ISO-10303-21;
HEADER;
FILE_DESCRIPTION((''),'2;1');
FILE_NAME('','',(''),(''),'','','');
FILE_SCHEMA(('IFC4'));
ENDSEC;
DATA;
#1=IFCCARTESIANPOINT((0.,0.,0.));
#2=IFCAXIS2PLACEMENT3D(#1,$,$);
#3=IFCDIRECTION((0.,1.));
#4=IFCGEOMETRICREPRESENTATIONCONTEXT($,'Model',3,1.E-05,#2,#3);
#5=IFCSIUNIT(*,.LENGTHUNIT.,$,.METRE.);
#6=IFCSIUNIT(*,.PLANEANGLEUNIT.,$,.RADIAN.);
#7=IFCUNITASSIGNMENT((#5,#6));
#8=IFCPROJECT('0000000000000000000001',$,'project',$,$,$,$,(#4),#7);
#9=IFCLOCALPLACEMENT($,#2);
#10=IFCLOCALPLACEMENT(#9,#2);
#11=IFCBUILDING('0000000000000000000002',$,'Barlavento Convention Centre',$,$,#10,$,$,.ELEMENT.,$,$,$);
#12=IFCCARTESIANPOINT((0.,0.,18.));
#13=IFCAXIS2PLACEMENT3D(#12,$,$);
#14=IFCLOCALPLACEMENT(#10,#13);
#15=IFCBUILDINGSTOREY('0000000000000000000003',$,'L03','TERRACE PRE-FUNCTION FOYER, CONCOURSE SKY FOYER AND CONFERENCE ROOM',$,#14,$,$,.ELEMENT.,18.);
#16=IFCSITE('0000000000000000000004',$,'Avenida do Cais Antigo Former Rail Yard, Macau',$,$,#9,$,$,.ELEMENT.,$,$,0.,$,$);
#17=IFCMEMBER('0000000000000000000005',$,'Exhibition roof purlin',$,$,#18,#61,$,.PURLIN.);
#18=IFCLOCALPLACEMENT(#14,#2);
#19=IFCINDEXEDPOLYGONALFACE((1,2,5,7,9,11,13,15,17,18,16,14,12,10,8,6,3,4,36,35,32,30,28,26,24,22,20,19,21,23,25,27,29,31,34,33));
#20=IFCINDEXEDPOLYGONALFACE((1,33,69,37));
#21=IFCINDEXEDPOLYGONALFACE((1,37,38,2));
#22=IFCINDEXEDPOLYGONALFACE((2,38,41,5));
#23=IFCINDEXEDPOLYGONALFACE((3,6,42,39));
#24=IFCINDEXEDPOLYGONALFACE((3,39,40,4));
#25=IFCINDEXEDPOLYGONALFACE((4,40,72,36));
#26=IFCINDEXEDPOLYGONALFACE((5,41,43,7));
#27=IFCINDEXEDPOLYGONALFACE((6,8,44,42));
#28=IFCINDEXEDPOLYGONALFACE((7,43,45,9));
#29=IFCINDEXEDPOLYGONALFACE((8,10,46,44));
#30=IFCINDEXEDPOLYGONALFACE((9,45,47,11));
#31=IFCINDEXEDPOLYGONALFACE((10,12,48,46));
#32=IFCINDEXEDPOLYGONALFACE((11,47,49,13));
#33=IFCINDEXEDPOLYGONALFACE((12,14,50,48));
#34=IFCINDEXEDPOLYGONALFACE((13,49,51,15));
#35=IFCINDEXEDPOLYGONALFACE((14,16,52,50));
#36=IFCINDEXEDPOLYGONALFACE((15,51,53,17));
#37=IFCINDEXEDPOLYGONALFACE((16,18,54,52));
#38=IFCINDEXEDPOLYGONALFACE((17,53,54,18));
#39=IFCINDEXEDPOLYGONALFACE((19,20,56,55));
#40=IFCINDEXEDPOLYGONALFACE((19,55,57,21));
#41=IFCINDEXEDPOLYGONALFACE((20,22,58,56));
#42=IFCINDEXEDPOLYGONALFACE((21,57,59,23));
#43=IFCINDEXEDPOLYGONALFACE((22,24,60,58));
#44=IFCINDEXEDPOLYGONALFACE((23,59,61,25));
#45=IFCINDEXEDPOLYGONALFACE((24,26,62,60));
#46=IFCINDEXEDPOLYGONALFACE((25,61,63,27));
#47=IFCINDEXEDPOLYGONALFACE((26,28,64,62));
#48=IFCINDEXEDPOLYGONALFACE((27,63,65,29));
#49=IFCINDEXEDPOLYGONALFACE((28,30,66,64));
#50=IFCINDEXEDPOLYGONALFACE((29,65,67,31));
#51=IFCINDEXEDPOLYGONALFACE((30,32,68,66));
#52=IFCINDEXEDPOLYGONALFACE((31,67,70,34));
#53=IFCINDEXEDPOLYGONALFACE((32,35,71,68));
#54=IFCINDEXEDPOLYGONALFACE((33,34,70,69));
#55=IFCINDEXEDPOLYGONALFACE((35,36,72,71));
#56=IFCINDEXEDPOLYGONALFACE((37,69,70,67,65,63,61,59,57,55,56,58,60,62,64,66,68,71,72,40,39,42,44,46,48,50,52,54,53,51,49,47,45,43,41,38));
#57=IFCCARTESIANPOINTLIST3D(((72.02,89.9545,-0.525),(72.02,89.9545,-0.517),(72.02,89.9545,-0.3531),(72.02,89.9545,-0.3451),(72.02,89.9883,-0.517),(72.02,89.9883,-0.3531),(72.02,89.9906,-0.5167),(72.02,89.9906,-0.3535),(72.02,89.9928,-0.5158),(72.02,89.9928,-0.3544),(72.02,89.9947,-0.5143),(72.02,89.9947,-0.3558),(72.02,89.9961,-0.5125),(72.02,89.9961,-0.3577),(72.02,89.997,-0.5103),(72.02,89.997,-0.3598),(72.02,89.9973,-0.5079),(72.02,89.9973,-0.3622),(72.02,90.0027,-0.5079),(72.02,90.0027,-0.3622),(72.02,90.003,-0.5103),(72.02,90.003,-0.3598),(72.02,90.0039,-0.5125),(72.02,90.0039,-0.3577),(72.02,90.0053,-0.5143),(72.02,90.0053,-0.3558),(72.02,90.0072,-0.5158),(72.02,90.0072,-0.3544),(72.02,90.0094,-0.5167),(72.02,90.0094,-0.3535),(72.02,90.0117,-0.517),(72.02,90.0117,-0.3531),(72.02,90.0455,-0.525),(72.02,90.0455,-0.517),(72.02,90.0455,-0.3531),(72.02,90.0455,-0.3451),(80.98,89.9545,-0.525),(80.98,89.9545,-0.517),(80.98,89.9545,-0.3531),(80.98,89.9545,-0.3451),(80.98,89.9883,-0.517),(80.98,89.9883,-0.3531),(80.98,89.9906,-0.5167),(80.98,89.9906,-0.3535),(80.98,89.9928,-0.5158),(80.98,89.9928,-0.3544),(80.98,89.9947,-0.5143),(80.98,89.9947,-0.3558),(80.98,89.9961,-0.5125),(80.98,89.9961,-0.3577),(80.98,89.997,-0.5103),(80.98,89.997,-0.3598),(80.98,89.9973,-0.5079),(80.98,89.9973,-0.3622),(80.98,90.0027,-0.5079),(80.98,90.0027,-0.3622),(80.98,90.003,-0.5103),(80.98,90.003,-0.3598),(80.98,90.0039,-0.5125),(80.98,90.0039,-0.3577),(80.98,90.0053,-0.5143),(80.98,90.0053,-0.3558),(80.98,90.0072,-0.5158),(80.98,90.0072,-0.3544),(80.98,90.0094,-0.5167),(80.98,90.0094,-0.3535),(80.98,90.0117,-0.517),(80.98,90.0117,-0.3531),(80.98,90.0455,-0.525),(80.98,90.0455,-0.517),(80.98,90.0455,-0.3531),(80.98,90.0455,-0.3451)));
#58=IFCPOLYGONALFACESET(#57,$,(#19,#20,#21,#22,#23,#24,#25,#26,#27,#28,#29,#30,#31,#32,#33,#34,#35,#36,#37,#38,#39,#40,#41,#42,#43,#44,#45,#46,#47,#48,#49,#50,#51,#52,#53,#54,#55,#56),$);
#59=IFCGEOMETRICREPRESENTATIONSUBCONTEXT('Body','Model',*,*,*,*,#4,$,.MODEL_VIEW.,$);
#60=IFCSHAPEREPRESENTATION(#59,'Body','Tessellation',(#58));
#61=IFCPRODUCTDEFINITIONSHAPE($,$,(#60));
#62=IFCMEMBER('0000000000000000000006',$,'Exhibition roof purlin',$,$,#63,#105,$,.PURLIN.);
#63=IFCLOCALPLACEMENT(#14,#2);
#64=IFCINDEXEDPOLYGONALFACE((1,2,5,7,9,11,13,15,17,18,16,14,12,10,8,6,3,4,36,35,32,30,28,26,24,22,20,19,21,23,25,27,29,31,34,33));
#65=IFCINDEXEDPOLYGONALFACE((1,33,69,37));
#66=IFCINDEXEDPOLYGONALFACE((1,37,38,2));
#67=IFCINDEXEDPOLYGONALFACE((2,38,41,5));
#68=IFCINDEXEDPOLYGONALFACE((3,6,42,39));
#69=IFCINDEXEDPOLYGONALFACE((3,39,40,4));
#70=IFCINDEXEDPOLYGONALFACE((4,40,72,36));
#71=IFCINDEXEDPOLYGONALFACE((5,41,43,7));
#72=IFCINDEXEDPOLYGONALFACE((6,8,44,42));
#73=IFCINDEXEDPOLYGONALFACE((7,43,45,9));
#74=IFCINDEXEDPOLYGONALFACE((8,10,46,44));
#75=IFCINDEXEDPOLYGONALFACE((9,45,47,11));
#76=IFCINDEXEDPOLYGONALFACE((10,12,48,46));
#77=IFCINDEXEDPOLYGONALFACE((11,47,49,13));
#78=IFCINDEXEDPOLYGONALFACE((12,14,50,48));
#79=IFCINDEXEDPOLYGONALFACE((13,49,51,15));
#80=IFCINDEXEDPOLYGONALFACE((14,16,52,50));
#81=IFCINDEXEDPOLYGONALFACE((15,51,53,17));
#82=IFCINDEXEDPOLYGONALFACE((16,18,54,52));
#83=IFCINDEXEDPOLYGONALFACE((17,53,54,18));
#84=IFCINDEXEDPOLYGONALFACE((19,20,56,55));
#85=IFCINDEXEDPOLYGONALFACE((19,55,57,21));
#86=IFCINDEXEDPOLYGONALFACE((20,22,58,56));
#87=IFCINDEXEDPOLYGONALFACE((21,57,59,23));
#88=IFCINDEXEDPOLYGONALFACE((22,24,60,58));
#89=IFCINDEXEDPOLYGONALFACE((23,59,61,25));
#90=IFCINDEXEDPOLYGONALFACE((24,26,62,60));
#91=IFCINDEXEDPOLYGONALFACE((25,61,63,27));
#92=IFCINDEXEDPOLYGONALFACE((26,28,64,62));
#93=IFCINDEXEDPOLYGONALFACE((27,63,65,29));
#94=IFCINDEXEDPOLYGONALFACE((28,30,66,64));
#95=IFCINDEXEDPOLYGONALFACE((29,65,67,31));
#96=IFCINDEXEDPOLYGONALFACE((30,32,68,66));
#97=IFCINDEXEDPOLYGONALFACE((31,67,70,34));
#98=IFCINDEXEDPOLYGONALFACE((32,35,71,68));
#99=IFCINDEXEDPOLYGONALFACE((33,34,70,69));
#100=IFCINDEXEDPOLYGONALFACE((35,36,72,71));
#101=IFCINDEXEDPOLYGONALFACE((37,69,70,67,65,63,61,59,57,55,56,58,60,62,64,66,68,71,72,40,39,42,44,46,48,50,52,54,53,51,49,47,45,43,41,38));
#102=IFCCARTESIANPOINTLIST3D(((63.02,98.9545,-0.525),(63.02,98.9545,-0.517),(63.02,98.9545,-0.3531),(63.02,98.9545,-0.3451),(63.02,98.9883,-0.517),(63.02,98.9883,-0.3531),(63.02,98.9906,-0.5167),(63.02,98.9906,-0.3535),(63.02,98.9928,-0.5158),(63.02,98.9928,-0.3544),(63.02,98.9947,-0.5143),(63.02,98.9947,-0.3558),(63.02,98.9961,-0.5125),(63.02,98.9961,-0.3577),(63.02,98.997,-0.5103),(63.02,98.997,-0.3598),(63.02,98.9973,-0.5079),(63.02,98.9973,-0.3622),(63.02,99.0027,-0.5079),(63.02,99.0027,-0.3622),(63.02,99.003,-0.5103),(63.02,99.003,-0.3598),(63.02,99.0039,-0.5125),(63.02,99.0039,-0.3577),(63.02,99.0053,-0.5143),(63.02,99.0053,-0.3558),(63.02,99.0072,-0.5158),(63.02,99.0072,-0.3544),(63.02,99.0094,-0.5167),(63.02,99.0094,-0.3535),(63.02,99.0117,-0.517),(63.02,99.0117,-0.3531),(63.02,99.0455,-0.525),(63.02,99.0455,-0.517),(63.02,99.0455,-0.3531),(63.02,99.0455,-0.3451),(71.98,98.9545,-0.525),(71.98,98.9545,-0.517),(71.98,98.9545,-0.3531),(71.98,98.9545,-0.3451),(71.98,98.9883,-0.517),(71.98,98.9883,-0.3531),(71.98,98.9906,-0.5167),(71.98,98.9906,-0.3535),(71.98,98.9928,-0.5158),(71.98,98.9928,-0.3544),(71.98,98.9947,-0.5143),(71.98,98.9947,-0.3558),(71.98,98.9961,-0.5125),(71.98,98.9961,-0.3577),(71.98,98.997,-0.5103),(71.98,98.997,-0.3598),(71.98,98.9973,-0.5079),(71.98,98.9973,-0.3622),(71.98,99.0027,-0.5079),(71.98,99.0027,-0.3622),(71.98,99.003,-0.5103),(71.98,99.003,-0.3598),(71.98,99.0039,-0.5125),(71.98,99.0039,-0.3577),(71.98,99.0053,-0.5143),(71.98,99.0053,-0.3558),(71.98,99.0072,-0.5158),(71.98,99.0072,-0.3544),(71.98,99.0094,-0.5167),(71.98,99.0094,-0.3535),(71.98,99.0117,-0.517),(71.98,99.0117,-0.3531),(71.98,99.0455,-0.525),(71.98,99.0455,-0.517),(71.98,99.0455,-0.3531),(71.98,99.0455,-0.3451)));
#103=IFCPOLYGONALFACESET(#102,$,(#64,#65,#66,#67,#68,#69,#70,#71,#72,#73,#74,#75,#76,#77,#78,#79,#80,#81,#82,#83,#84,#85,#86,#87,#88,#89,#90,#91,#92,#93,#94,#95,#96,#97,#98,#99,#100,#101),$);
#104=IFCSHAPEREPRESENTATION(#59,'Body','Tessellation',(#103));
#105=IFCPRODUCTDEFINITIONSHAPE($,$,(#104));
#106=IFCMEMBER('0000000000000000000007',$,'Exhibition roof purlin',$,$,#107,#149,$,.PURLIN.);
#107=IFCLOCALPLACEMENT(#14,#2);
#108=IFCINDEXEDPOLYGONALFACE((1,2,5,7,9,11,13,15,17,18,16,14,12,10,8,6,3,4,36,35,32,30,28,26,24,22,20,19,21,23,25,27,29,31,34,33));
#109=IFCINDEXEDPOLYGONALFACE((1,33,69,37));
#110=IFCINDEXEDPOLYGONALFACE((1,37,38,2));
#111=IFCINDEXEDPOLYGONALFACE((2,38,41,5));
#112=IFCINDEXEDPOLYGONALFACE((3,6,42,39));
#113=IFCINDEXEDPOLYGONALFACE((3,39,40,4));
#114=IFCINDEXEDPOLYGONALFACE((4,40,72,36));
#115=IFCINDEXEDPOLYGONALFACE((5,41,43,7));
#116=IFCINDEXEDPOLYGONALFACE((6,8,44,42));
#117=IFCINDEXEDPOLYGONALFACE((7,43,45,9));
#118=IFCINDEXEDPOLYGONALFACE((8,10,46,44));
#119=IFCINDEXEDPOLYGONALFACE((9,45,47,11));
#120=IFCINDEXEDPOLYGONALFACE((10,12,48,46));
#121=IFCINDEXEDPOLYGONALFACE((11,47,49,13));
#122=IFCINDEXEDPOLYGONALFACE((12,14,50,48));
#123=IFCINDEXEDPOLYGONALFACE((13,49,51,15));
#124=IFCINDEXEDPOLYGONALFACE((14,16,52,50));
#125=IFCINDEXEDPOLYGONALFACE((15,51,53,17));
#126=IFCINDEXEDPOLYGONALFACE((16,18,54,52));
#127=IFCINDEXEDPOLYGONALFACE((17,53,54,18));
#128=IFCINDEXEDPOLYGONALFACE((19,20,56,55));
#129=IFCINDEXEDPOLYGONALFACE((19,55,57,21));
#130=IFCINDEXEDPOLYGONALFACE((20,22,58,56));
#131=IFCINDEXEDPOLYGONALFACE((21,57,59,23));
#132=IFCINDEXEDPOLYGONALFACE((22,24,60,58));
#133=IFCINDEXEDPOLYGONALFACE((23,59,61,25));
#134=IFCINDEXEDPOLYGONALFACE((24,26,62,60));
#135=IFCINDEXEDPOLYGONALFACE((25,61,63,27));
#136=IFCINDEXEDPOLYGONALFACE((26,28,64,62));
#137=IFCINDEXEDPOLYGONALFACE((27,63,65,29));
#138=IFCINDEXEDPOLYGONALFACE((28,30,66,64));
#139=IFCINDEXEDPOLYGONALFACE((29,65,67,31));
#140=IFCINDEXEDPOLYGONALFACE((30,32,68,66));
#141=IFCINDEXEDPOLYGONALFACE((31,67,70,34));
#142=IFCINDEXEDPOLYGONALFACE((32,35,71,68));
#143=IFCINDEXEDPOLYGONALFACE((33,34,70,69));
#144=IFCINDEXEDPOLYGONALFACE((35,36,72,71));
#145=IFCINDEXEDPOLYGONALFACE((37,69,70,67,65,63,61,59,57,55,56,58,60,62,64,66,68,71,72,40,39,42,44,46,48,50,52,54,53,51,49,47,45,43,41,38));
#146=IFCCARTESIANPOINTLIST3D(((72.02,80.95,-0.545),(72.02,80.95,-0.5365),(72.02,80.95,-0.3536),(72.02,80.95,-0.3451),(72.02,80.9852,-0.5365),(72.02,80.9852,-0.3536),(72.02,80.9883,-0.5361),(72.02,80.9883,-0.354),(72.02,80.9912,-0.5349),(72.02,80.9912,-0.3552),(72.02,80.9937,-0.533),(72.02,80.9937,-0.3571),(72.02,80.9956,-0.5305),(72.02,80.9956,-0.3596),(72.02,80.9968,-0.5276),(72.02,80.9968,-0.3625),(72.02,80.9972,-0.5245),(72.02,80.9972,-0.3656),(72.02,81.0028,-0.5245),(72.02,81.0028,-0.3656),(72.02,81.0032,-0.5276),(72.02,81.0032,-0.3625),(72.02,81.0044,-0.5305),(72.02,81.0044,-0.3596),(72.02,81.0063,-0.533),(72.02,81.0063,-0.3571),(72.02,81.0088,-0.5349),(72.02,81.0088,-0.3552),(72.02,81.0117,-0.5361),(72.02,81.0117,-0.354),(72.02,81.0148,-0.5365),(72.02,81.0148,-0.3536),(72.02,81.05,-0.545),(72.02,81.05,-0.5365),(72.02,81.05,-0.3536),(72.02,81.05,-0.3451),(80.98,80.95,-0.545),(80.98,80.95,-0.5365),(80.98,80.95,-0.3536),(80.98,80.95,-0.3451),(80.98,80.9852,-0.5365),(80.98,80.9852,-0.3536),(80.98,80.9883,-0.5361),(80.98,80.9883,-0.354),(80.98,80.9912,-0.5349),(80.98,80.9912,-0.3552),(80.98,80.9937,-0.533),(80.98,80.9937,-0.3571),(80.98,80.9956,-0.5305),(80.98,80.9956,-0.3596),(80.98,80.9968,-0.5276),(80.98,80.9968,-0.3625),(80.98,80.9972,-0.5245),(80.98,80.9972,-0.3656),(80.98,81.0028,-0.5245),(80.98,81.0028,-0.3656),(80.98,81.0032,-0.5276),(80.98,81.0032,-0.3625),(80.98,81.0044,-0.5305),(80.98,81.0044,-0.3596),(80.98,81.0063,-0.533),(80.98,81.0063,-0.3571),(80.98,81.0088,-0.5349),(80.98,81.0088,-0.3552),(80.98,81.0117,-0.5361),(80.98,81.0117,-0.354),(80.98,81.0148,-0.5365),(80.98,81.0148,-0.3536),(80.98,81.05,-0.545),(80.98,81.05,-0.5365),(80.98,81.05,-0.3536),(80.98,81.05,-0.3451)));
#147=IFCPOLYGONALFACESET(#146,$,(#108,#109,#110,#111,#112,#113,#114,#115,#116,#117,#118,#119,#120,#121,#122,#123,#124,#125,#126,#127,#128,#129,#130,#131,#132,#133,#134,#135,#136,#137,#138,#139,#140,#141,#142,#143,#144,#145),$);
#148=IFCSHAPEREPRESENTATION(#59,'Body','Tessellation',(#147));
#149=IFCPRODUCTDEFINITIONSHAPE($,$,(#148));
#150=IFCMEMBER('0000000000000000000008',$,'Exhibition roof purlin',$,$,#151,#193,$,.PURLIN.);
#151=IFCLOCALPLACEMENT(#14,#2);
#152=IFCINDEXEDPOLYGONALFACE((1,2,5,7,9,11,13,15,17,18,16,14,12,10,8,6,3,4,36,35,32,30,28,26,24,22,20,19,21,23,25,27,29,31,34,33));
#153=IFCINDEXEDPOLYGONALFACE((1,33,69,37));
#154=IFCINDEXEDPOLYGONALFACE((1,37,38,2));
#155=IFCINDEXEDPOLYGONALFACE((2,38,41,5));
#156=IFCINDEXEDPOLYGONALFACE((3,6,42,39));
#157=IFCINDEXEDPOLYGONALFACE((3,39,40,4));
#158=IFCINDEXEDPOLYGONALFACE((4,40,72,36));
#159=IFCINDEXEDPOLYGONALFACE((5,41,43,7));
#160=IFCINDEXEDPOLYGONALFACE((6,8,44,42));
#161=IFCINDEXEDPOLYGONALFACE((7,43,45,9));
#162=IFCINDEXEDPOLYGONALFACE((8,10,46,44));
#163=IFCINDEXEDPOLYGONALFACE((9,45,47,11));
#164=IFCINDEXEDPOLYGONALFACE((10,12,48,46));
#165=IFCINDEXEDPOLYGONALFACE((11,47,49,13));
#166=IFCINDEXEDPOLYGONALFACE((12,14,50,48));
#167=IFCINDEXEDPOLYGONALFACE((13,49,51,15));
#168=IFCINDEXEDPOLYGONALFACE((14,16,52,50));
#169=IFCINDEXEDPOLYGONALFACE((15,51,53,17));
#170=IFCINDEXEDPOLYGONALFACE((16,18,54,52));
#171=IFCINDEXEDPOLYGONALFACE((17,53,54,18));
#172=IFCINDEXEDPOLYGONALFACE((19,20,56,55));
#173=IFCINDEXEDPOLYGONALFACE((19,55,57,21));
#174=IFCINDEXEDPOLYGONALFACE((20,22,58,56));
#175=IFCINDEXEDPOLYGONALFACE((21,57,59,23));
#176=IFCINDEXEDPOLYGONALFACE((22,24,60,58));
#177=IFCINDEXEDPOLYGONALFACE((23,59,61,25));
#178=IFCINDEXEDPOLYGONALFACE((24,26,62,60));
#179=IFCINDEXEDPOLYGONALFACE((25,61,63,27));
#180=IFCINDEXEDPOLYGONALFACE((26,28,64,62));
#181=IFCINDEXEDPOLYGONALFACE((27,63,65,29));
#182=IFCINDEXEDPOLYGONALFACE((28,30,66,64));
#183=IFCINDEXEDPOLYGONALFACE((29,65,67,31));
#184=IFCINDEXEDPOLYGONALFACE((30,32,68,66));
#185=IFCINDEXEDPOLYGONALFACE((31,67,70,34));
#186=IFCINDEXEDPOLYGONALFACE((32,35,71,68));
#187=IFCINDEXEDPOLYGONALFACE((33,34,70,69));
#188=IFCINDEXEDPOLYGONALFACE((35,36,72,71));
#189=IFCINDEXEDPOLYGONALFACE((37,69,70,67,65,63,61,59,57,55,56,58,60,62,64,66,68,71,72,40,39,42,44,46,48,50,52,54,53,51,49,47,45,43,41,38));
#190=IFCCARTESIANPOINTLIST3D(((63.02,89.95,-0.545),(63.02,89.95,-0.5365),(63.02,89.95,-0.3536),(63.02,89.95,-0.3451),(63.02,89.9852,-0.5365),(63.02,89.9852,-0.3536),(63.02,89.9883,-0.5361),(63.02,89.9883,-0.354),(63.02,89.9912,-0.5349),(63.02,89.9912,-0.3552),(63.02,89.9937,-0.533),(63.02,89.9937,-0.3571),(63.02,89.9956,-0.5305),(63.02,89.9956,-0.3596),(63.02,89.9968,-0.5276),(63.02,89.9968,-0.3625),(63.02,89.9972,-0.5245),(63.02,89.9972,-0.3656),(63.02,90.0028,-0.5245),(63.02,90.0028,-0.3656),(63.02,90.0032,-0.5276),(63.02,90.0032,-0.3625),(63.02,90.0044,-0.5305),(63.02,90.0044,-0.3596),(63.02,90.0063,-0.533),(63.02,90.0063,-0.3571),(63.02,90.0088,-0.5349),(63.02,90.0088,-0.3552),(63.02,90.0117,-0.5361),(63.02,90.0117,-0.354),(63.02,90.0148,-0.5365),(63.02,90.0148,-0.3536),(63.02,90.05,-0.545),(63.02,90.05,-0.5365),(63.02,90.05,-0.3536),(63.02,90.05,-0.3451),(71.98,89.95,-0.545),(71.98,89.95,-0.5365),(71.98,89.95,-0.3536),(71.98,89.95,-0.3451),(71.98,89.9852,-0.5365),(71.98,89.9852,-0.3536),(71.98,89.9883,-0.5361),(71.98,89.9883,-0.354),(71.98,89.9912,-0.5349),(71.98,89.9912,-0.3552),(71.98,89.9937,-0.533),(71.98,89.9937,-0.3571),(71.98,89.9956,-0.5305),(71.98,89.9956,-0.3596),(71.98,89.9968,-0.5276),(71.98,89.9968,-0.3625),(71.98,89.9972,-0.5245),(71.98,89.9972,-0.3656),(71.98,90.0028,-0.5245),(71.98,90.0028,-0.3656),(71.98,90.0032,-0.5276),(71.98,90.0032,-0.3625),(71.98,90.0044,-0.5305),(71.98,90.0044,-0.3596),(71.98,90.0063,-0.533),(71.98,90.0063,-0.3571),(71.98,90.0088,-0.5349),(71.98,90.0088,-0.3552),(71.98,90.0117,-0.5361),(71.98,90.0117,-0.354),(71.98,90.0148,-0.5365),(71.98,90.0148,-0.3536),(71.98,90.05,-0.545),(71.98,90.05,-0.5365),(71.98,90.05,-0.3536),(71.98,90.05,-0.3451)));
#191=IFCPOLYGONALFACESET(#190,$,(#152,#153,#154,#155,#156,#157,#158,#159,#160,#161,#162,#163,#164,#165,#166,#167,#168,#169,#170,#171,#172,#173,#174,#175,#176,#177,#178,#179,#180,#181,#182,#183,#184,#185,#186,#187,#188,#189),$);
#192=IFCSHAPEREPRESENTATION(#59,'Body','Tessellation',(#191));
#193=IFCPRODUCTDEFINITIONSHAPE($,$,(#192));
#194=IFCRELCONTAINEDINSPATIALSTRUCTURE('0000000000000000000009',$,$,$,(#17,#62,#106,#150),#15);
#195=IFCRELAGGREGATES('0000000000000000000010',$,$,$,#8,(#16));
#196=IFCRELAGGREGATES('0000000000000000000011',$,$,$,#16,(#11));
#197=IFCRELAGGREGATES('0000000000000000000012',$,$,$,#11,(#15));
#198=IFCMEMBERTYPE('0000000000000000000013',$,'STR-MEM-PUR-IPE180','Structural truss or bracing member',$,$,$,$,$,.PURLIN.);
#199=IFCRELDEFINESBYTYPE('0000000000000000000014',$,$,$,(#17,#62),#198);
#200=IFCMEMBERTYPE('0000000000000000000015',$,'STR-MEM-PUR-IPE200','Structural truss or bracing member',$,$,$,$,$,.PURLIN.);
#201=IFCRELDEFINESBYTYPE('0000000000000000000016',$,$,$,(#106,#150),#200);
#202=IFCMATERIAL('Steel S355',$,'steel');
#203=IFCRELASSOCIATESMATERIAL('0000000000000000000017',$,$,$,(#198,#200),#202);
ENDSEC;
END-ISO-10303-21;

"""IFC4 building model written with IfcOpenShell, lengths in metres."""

from ifc_helpers import new_model, si_unit, direction, frame, origin, origin_2d, place, context, subcontext, project, spatial, i_section, extrude, material, material_profile, profile_set, type_object, element, save


model = new_model("IFC4")

# Units and contexts
model_context = context("Model", 3, precision=1e-05, world=origin(), true_north=direction((0.0, 1.0)))
body_context = subcontext(model_context, "Body", "Model", "MODEL_VIEW")
ifc_project = project(units=[si_unit("LENGTHUNIT", "METRE"), si_unit("PLANEANGLEUNIT", "RADIAN")], contexts=[model_context])

# Site, building, storey
site_placement = place(None, origin())
site = spatial("IfcSite", under=ifc_project, at=site_placement, Name="Avenida do Cais Antigo Former Rail Yard, Macau", CompositionType="ELEMENT", RefElevation=0.0)
building_placement = place(site_placement, origin())
building = spatial("IfcBuilding", under=site, at=building_placement, Name="Barlavento Convention Centre", CompositionType="ELEMENT")
storey_placement = place(building_placement, frame((0.0, 0.0, 18.0)))
storey = spatial("IfcBuildingStorey", under=building, at=storey_placement, Name="L03", Description="TERRACE PRE-FUNCTION FOYER, CONCOURSE SKY FOYER AND CONFERENCE ROOM", CompositionType="ELEMENT", Elevation=18.0)

# Members
ifc_material_1 = material(Name="Steel S355", Category="steel")
ifc_material_profile_1 = material_profile(ifc_material_1, i_section(OverallWidth=0.0911, OverallDepth=0.1799, WebThickness=0.0054, FlangeThickness=0.0081, FilletRadius=0.009, at=origin_2d()), Name="IPE 180")
ifc_profile_set_1 = profile_set([ifc_material_profile_1], Name="Steel S355")
member_type_1 = type_object("IfcMemberType", Name="STR-MEM-PUR-IPE180", Description="Structural truss or bracing member", PredefinedType="PURLIN", material=ifc_profile_set_1)
for number, where, z_axis, x_axis, name in (
    (1, (72.02, 90.0, -0.4351), (1.0, 0.0, 0.0), (0.0, 1.0, 0.0), "Exhibition roof purlin"),
    (2, (63.02, 99.0, -0.4351), (1.0, 0.0, 0.0), (0.0, 1.0, 0.0), "Exhibition roof purlin"),
):
    element("IfcMember", number, at=place(storey_placement, frame(where, z_axis=z_axis, x_axis=x_axis)), inside=storey, type_object=member_type_1, Name=name, PredefinedType="PURLIN", context=body_context, shape_type="SweptSolid", body=[
        extrude(i_section(OverallWidth=0.0911, OverallDepth=0.1799, WebThickness=0.0054, FlangeThickness=0.0081, FilletRadius=0.009, at=origin_2d()), origin(), (0.0, 0.0, 1.0), 8.96),
    ])
ifc_material_profile_2 = material_profile(ifc_material_1, i_section(OverallWidth=0.1001, OverallDepth=0.2, WebThickness=0.0056, FlangeThickness=0.0085, FilletRadius=0.012, at=origin_2d()), Name="IPE 200")
ifc_profile_set_2 = profile_set([ifc_material_profile_2], Name="Steel S355")
member_type_2 = type_object("IfcMemberType", Name="STR-MEM-PUR-IPE200", Description="Structural truss or bracing member", PredefinedType="PURLIN", material=ifc_profile_set_2)
for number, where, z_axis, x_axis, name in (
    (3, (72.02, 81.0, -0.4451), (1.0, 0.0, 0.0), (0.0, 1.0, 0.0), "Exhibition roof purlin"),
    (4, (63.02, 90.0, -0.4451), (1.0, 0.0, 0.0), (0.0, 1.0, 0.0), "Exhibition roof purlin"),
):
    element("IfcMember", number, at=place(storey_placement, frame(where, z_axis=z_axis, x_axis=x_axis)), inside=storey, type_object=member_type_2, Name=name, PredefinedType="PURLIN", context=body_context, shape_type="SweptSolid", body=[
        extrude(i_section(OverallWidth=0.1001, OverallDepth=0.2, WebThickness=0.0056, FlangeThickness=0.0085, FilletRadius=0.012, at=origin_2d()), origin(), (0.0, 0.0, 1.0), 8.96),
    ])

save(model, "model.ifc")
